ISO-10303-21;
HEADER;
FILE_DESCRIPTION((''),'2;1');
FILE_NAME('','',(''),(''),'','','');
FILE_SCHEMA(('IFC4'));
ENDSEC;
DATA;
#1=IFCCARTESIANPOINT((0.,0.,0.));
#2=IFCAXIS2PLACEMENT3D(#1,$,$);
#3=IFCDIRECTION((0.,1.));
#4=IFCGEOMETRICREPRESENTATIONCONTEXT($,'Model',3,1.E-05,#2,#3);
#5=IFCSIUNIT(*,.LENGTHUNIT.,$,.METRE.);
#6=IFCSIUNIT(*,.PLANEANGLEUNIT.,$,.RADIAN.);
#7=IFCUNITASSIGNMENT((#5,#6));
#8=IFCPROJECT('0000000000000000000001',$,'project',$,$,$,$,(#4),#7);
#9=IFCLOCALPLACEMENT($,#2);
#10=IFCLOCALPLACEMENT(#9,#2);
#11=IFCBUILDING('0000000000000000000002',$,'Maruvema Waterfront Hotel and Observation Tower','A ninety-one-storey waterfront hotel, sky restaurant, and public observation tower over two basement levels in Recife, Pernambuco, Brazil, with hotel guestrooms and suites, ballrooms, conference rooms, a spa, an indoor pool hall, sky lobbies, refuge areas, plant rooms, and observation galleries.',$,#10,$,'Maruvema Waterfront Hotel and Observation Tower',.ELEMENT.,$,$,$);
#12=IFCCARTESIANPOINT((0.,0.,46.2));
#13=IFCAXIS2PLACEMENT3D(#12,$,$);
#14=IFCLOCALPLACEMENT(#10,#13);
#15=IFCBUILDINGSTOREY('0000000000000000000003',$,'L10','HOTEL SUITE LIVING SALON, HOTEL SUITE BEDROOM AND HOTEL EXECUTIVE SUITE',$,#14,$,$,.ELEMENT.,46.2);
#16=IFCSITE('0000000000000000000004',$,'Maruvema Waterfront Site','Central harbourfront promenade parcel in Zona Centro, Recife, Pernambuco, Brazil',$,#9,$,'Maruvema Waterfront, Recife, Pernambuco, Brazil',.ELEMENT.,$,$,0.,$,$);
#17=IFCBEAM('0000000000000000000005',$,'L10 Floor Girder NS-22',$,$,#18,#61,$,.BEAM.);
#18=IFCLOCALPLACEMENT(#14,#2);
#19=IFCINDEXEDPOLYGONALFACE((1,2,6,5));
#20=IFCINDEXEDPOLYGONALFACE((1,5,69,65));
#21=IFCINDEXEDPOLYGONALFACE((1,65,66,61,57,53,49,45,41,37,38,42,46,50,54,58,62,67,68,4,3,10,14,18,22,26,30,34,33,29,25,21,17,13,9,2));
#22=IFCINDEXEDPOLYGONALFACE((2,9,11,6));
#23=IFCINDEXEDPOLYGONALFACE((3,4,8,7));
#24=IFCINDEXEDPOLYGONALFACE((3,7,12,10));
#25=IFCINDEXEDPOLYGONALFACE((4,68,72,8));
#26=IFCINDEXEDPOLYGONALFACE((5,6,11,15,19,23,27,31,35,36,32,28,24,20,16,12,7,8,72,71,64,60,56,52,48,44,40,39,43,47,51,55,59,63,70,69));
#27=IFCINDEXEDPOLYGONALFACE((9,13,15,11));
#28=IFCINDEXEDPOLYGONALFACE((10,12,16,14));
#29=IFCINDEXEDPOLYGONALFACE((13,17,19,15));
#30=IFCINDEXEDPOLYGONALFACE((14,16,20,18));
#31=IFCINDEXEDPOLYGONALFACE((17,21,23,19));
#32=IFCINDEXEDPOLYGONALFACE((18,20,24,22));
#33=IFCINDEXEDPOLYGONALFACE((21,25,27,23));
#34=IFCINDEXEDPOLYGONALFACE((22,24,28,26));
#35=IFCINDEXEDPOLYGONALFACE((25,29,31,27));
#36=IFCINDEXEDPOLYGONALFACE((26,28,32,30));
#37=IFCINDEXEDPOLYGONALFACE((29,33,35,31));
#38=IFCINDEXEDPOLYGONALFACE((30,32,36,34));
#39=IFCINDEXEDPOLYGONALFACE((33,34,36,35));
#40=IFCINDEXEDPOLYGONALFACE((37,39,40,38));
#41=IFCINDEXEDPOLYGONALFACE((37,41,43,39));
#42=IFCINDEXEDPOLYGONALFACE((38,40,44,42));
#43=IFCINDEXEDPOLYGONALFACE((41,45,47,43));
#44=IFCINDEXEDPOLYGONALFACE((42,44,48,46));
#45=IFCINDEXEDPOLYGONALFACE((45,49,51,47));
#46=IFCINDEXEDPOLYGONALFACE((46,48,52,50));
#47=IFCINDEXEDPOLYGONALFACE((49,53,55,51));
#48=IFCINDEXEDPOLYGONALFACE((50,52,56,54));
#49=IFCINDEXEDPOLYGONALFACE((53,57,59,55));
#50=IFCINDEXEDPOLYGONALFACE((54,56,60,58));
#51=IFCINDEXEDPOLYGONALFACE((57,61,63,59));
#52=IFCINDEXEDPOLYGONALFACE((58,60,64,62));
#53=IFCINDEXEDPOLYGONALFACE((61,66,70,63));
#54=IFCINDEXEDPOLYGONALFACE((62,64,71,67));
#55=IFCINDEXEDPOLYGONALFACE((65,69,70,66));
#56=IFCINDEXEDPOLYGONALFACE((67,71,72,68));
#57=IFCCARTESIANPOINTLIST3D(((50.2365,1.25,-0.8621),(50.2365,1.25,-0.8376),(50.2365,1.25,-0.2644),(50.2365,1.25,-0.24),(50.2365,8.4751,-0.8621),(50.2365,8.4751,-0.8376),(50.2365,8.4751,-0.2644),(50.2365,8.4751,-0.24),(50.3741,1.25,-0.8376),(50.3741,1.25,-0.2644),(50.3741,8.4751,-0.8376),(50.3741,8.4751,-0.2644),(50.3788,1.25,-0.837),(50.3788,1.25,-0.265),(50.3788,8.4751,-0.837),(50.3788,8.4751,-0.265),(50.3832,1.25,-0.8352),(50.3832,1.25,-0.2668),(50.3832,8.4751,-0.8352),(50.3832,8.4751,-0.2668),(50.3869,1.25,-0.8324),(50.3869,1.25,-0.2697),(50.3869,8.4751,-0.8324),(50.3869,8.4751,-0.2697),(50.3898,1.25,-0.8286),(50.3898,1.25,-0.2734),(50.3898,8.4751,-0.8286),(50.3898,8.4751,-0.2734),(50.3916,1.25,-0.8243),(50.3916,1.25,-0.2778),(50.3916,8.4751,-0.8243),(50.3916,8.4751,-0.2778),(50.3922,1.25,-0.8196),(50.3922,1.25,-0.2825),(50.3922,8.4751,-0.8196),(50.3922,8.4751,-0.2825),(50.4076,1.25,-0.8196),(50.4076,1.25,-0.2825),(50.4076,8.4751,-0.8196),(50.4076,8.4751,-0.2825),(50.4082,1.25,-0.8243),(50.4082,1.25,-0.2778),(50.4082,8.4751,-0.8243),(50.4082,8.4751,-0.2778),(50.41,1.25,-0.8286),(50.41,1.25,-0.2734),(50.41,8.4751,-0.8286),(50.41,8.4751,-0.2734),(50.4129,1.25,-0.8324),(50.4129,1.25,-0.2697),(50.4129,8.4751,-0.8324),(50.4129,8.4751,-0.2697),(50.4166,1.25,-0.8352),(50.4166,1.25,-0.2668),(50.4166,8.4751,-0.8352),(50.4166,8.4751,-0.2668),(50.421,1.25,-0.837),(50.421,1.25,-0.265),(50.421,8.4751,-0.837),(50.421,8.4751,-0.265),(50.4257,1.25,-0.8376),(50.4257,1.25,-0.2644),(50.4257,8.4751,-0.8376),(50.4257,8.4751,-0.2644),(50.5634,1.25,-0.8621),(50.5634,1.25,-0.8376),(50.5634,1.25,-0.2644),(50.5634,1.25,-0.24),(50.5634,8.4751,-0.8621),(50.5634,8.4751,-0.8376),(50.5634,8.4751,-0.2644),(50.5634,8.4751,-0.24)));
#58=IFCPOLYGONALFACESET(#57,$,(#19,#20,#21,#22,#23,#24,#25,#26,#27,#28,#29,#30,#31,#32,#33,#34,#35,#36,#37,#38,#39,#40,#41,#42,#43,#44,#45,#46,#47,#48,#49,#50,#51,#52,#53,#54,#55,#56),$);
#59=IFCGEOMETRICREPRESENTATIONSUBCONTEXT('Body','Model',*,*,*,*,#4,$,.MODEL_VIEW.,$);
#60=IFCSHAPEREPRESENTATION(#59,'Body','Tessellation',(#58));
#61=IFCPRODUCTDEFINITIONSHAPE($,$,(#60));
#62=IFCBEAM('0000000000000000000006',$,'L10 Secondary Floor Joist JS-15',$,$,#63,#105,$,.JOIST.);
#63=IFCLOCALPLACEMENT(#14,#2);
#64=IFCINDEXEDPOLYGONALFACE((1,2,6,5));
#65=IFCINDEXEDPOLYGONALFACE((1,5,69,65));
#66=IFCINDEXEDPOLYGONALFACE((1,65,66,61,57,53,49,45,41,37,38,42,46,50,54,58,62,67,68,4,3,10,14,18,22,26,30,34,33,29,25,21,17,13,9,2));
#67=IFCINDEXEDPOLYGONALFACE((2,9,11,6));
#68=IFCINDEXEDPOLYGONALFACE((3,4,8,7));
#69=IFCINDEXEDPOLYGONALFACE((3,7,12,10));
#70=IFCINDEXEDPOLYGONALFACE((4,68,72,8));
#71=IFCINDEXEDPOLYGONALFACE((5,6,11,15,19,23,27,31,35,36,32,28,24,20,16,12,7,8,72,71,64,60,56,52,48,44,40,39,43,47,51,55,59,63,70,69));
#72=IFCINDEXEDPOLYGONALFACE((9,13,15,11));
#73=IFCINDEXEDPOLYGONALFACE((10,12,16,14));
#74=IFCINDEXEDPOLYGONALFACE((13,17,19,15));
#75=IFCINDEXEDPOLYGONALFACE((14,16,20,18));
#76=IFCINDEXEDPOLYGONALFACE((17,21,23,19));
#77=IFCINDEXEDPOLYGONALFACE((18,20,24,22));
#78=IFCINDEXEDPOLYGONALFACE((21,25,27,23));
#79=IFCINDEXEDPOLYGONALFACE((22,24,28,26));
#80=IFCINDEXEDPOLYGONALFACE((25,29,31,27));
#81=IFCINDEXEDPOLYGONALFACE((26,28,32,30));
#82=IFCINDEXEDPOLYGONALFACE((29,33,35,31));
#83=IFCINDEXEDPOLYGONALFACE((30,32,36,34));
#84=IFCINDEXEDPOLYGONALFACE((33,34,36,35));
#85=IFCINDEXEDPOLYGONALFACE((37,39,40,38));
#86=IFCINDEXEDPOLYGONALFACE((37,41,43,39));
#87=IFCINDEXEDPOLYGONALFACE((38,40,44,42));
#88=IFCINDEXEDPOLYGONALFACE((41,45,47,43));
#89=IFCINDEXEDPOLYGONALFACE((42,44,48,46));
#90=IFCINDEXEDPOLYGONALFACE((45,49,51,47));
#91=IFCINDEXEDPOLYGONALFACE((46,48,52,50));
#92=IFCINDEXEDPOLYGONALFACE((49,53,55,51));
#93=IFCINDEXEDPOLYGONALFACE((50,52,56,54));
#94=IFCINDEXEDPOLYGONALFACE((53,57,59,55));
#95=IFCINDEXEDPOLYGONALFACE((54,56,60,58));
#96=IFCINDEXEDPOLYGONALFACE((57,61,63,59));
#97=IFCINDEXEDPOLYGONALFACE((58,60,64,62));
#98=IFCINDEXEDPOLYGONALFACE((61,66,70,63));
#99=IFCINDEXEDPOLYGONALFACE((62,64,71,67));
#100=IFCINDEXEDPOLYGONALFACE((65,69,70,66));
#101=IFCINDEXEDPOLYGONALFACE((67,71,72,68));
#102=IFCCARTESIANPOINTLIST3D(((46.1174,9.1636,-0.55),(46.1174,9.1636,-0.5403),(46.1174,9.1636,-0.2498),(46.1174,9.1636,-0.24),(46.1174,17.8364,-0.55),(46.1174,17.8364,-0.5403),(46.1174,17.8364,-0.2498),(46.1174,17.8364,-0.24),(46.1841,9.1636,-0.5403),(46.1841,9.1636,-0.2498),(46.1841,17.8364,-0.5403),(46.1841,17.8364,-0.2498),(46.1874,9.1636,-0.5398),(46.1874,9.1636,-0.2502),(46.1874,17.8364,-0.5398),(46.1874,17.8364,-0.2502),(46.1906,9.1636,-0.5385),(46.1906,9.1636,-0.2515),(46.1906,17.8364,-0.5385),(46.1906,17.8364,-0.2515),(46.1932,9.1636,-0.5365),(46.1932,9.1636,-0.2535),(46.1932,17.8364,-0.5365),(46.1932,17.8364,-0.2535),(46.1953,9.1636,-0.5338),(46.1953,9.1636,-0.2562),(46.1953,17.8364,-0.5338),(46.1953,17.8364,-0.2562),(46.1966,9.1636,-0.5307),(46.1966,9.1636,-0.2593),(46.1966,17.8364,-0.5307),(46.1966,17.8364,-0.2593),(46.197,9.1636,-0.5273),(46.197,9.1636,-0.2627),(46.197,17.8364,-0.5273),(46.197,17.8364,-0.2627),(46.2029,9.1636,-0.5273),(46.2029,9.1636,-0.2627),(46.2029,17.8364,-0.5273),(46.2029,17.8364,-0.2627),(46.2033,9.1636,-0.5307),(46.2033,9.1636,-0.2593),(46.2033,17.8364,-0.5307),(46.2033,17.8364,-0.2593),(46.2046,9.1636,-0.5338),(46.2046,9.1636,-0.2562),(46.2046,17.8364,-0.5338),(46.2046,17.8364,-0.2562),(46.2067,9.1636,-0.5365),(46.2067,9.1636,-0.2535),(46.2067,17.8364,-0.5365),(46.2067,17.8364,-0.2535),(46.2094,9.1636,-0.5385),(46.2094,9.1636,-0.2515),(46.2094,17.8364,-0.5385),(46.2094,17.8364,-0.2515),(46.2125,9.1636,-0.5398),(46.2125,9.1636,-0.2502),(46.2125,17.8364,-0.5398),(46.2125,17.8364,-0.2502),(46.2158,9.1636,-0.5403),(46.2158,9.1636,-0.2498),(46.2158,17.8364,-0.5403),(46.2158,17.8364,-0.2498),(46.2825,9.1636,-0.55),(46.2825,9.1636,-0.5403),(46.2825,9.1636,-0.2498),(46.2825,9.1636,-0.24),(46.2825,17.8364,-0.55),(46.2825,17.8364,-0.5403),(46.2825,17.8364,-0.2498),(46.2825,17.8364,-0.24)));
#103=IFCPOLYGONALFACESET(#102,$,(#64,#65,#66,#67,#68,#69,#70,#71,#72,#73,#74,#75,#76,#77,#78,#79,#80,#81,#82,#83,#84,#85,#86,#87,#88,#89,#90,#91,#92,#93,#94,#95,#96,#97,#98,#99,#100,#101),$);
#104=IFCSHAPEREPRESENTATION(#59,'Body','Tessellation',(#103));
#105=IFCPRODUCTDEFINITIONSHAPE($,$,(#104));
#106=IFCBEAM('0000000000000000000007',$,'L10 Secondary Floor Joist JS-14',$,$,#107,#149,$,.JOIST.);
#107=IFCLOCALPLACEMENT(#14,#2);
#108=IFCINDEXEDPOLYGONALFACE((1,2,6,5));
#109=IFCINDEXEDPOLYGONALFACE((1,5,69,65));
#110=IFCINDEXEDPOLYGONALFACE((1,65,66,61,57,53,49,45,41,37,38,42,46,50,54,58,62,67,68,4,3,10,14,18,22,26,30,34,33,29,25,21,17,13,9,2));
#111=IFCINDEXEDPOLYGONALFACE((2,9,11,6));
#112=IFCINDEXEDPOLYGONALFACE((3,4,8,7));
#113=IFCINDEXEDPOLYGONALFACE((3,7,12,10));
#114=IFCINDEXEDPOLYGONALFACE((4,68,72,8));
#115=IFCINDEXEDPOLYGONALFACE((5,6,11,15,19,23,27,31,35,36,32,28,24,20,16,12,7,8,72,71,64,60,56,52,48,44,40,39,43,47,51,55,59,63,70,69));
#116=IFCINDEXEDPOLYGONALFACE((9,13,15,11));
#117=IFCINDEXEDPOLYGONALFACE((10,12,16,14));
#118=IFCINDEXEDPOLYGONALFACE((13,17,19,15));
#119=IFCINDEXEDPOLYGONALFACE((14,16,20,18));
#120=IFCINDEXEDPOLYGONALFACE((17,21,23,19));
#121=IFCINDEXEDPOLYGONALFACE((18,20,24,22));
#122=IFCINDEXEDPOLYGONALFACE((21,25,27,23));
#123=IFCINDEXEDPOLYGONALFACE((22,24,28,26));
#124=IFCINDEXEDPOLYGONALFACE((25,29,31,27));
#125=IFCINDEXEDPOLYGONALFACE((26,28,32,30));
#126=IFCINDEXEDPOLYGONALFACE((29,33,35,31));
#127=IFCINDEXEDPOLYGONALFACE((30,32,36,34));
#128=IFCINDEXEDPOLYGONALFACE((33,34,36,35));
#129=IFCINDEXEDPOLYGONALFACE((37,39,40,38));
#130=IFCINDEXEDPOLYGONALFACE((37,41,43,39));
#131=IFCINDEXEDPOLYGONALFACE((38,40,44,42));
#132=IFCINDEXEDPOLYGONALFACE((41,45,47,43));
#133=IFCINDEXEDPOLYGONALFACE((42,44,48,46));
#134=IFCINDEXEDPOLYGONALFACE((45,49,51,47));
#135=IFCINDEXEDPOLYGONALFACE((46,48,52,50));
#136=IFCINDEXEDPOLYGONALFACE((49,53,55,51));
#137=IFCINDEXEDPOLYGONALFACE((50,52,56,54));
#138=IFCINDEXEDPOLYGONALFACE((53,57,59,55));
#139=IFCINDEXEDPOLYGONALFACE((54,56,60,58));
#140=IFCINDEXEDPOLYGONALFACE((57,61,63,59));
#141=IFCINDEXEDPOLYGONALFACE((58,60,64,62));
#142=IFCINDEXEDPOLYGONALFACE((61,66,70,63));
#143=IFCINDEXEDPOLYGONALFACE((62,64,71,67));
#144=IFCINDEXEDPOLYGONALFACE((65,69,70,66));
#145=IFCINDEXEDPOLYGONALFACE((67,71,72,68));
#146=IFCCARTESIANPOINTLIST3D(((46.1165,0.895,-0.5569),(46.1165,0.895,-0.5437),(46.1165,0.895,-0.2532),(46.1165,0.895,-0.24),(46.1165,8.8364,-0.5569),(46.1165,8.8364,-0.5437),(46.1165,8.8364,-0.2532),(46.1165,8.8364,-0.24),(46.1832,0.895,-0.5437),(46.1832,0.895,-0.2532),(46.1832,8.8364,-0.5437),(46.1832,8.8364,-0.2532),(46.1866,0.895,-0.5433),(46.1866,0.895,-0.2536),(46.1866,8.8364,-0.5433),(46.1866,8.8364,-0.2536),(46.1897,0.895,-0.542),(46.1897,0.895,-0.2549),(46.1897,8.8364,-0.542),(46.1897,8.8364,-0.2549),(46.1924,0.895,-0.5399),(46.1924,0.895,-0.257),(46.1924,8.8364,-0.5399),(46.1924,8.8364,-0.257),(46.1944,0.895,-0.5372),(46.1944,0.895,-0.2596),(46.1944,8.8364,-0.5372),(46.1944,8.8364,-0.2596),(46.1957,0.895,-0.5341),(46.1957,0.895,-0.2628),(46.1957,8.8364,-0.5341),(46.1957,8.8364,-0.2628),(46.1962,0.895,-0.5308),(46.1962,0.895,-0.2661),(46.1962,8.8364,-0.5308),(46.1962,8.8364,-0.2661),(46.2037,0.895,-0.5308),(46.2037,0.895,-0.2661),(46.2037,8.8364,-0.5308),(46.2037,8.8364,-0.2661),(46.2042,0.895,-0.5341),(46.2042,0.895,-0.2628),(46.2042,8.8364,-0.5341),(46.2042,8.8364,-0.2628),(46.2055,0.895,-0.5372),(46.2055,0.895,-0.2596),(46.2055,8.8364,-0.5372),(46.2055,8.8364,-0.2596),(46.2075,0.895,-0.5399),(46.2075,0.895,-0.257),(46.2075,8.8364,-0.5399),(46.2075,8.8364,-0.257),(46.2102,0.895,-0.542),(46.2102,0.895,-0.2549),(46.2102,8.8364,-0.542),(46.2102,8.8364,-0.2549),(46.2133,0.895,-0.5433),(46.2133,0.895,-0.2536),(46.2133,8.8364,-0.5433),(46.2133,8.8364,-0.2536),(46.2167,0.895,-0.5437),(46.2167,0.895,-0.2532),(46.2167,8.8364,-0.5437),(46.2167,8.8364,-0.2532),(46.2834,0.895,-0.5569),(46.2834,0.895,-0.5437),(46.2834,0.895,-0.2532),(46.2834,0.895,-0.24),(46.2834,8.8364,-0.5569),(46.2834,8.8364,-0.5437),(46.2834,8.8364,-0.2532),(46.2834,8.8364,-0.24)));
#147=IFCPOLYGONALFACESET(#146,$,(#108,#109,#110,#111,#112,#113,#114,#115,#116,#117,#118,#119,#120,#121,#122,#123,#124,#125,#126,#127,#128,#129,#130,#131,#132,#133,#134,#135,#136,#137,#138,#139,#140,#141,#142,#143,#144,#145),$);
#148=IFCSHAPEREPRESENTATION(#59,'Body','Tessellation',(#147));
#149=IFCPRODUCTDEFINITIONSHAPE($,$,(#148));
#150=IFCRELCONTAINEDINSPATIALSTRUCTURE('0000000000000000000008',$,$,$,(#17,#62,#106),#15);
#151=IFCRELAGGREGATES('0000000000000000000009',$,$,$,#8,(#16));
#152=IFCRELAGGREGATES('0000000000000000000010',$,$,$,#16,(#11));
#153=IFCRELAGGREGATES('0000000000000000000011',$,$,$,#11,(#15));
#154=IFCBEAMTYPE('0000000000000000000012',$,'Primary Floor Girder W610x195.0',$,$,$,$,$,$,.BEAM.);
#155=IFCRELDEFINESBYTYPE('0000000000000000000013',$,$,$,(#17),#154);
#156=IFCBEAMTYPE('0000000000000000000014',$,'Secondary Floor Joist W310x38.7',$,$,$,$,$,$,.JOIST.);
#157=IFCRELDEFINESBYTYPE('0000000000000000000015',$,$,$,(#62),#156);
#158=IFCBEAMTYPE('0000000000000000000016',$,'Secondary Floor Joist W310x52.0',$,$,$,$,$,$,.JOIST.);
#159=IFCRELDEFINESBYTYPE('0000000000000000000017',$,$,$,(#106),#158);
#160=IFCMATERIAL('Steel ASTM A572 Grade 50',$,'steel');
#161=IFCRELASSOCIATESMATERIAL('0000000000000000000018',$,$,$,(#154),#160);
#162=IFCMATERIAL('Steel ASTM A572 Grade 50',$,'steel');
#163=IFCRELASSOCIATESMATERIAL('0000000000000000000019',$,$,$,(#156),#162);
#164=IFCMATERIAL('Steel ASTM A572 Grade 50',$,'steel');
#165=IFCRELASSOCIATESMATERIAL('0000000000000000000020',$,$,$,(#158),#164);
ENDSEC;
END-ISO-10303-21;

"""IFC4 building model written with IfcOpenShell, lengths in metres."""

from ifc_helpers import new_model, si_unit, direction, frame, origin, origin_2d, place, context, subcontext, project, spatial, i_section, extrude, material, material_profile, profile_set, type_object, element, save


model = new_model("IFC4")

# Units and contexts
model_context = context("Model", 3, precision=1e-05, world=origin(), true_north=direction((0.0, 1.0)))
body_context = subcontext(model_context, "Body", "Model", "MODEL_VIEW")
ifc_project = project(units=[si_unit("LENGTHUNIT", "METRE"), si_unit("PLANEANGLEUNIT", "RADIAN")], contexts=[model_context])

# Site, building, storey
site_placement = place(None, origin())
site = spatial("IfcSite", under=ifc_project, at=site_placement, Name="Maruvema Waterfront Site", Description="Central harbourfront promenade parcel in Zona Centro, Recife, Pernambuco, Brazil", LongName="Maruvema Waterfront, Recife, Pernambuco, Brazil", CompositionType="ELEMENT", RefElevation=0.0)
building_placement = place(site_placement, origin())
building = spatial("IfcBuilding", under=site, at=building_placement, Name="Maruvema Waterfront Hotel and Observation Tower", Description="A ninety-one-storey waterfront hotel, sky restaurant, and public observation tower over two basement levels in Recife, Pernambuco, Brazil, with hotel guestrooms and suites, ballrooms, conference rooms, a spa, an indoor pool hall, sky lobbies, refuge areas, plant rooms, and observation galleries.", LongName="Maruvema Waterfront Hotel and Observation Tower", CompositionType="ELEMENT")
storey_placement = place(building_placement, frame((0.0, 0.0, 46.2)))
storey = spatial("IfcBuildingStorey", under=building, at=storey_placement, Name="L10", Description="HOTEL SUITE LIVING SALON, HOTEL SUITE BEDROOM AND HOTEL EXECUTIVE SUITE", CompositionType="ELEMENT", Elevation=46.2)

# Beams
ifc_material_1 = material(Name="Steel ASTM A572 Grade 50", Category="steel")
ifc_material_profile_1 = material_profile(ifc_material_1, i_section(OverallWidth=0.3269, OverallDepth=0.6221, WebThickness=0.0154, FlangeThickness=0.0244, FilletRadius=0.0181, at=origin_2d()), Name="W610x195.0")
ifc_profile_set_1 = profile_set([ifc_material_profile_1], Name="Steel ASTM A572 Grade 50")
beam_type_1 = type_object("IfcBeamType", Name="Primary Floor Girder W610x195.0", PredefinedType="BEAM", material=ifc_profile_set_1)
beam_1_placement = place(storey_placement, frame((50.3999, 1.25, -0.551), z_axis=(0.0, 1.0, 0.0), x_axis=(-1.0, 0.0, 0.0)))
element("IfcBeam", 1, at=beam_1_placement, inside=storey, type_object=beam_type_1, Name="L10 Floor Girder NS-22", PredefinedType="BEAM", context=body_context, shape_type="SweptSolid", body=[
    extrude(i_section(OverallWidth=0.3269, OverallDepth=0.6221, WebThickness=0.0154, FlangeThickness=0.0244, FilletRadius=0.0181, at=origin_2d()), origin(), (0.0, 0.0, 1.0), 7.2251),
])
ifc_material_2 = material(Name="Steel ASTM A572 Grade 50", Category="steel")
ifc_material_profile_2 = material_profile(ifc_material_2, i_section(OverallWidth=0.165, OverallDepth=0.3101, WebThickness=0.0059, FlangeThickness=0.0098, FilletRadius=0.0129, at=origin_2d()), Name="W310x38.7")
ifc_profile_set_2 = profile_set([ifc_material_profile_2], Name="Steel ASTM A572 Grade 50")
beam_type_2 = type_object("IfcBeamType", Name="Secondary Floor Joist W310x38.7", PredefinedType="JOIST", material=ifc_profile_set_2)
beam_2_placement = place(storey_placement, frame((46.2, 9.1636, -0.395), z_axis=(0.0, 1.0, 0.0), x_axis=(-1.0, 0.0, 0.0)))
element("IfcBeam", 2, at=beam_2_placement, inside=storey, type_object=beam_type_2, Name="L10 Secondary Floor Joist JS-15", PredefinedType="JOIST", context=body_context, shape_type="SweptSolid", body=[
    extrude(i_section(OverallWidth=0.165, OverallDepth=0.3101, WebThickness=0.0059, FlangeThickness=0.0098, FilletRadius=0.0129, at=origin_2d()), origin(), (0.0, 0.0, 1.0), 8.6729),
])
ifc_material_3 = material(Name="Steel ASTM A572 Grade 50", Category="steel")
ifc_material_profile_3 = material_profile(ifc_material_3, i_section(OverallWidth=0.167, OverallDepth=0.3169, WebThickness=0.0076, FlangeThickness=0.0132, FilletRadius=0.0129, at=origin_2d()), Name="W310x52.0")
ifc_profile_set_3 = profile_set([ifc_material_profile_3], Name="Steel ASTM A572 Grade 50")
beam_type_3 = type_object("IfcBeamType", Name="Secondary Floor Joist W310x52.0", PredefinedType="JOIST", material=ifc_profile_set_3)
beam_3_placement = place(storey_placement, frame((46.2, 0.895, -0.3984), z_axis=(0.0, 1.0, 0.0), x_axis=(-1.0, 0.0, 0.0)))
element("IfcBeam", 3, at=beam_3_placement, inside=storey, type_object=beam_type_3, Name="L10 Secondary Floor Joist JS-14", PredefinedType="JOIST", context=body_context, shape_type="SweptSolid", body=[
    extrude(i_section(OverallWidth=0.167, OverallDepth=0.3169, WebThickness=0.0076, FlangeThickness=0.0132, FilletRadius=0.0129, at=origin_2d()), origin(), (0.0, 0.0, 1.0), 7.9414),
])

save(model, "model.ifc")
